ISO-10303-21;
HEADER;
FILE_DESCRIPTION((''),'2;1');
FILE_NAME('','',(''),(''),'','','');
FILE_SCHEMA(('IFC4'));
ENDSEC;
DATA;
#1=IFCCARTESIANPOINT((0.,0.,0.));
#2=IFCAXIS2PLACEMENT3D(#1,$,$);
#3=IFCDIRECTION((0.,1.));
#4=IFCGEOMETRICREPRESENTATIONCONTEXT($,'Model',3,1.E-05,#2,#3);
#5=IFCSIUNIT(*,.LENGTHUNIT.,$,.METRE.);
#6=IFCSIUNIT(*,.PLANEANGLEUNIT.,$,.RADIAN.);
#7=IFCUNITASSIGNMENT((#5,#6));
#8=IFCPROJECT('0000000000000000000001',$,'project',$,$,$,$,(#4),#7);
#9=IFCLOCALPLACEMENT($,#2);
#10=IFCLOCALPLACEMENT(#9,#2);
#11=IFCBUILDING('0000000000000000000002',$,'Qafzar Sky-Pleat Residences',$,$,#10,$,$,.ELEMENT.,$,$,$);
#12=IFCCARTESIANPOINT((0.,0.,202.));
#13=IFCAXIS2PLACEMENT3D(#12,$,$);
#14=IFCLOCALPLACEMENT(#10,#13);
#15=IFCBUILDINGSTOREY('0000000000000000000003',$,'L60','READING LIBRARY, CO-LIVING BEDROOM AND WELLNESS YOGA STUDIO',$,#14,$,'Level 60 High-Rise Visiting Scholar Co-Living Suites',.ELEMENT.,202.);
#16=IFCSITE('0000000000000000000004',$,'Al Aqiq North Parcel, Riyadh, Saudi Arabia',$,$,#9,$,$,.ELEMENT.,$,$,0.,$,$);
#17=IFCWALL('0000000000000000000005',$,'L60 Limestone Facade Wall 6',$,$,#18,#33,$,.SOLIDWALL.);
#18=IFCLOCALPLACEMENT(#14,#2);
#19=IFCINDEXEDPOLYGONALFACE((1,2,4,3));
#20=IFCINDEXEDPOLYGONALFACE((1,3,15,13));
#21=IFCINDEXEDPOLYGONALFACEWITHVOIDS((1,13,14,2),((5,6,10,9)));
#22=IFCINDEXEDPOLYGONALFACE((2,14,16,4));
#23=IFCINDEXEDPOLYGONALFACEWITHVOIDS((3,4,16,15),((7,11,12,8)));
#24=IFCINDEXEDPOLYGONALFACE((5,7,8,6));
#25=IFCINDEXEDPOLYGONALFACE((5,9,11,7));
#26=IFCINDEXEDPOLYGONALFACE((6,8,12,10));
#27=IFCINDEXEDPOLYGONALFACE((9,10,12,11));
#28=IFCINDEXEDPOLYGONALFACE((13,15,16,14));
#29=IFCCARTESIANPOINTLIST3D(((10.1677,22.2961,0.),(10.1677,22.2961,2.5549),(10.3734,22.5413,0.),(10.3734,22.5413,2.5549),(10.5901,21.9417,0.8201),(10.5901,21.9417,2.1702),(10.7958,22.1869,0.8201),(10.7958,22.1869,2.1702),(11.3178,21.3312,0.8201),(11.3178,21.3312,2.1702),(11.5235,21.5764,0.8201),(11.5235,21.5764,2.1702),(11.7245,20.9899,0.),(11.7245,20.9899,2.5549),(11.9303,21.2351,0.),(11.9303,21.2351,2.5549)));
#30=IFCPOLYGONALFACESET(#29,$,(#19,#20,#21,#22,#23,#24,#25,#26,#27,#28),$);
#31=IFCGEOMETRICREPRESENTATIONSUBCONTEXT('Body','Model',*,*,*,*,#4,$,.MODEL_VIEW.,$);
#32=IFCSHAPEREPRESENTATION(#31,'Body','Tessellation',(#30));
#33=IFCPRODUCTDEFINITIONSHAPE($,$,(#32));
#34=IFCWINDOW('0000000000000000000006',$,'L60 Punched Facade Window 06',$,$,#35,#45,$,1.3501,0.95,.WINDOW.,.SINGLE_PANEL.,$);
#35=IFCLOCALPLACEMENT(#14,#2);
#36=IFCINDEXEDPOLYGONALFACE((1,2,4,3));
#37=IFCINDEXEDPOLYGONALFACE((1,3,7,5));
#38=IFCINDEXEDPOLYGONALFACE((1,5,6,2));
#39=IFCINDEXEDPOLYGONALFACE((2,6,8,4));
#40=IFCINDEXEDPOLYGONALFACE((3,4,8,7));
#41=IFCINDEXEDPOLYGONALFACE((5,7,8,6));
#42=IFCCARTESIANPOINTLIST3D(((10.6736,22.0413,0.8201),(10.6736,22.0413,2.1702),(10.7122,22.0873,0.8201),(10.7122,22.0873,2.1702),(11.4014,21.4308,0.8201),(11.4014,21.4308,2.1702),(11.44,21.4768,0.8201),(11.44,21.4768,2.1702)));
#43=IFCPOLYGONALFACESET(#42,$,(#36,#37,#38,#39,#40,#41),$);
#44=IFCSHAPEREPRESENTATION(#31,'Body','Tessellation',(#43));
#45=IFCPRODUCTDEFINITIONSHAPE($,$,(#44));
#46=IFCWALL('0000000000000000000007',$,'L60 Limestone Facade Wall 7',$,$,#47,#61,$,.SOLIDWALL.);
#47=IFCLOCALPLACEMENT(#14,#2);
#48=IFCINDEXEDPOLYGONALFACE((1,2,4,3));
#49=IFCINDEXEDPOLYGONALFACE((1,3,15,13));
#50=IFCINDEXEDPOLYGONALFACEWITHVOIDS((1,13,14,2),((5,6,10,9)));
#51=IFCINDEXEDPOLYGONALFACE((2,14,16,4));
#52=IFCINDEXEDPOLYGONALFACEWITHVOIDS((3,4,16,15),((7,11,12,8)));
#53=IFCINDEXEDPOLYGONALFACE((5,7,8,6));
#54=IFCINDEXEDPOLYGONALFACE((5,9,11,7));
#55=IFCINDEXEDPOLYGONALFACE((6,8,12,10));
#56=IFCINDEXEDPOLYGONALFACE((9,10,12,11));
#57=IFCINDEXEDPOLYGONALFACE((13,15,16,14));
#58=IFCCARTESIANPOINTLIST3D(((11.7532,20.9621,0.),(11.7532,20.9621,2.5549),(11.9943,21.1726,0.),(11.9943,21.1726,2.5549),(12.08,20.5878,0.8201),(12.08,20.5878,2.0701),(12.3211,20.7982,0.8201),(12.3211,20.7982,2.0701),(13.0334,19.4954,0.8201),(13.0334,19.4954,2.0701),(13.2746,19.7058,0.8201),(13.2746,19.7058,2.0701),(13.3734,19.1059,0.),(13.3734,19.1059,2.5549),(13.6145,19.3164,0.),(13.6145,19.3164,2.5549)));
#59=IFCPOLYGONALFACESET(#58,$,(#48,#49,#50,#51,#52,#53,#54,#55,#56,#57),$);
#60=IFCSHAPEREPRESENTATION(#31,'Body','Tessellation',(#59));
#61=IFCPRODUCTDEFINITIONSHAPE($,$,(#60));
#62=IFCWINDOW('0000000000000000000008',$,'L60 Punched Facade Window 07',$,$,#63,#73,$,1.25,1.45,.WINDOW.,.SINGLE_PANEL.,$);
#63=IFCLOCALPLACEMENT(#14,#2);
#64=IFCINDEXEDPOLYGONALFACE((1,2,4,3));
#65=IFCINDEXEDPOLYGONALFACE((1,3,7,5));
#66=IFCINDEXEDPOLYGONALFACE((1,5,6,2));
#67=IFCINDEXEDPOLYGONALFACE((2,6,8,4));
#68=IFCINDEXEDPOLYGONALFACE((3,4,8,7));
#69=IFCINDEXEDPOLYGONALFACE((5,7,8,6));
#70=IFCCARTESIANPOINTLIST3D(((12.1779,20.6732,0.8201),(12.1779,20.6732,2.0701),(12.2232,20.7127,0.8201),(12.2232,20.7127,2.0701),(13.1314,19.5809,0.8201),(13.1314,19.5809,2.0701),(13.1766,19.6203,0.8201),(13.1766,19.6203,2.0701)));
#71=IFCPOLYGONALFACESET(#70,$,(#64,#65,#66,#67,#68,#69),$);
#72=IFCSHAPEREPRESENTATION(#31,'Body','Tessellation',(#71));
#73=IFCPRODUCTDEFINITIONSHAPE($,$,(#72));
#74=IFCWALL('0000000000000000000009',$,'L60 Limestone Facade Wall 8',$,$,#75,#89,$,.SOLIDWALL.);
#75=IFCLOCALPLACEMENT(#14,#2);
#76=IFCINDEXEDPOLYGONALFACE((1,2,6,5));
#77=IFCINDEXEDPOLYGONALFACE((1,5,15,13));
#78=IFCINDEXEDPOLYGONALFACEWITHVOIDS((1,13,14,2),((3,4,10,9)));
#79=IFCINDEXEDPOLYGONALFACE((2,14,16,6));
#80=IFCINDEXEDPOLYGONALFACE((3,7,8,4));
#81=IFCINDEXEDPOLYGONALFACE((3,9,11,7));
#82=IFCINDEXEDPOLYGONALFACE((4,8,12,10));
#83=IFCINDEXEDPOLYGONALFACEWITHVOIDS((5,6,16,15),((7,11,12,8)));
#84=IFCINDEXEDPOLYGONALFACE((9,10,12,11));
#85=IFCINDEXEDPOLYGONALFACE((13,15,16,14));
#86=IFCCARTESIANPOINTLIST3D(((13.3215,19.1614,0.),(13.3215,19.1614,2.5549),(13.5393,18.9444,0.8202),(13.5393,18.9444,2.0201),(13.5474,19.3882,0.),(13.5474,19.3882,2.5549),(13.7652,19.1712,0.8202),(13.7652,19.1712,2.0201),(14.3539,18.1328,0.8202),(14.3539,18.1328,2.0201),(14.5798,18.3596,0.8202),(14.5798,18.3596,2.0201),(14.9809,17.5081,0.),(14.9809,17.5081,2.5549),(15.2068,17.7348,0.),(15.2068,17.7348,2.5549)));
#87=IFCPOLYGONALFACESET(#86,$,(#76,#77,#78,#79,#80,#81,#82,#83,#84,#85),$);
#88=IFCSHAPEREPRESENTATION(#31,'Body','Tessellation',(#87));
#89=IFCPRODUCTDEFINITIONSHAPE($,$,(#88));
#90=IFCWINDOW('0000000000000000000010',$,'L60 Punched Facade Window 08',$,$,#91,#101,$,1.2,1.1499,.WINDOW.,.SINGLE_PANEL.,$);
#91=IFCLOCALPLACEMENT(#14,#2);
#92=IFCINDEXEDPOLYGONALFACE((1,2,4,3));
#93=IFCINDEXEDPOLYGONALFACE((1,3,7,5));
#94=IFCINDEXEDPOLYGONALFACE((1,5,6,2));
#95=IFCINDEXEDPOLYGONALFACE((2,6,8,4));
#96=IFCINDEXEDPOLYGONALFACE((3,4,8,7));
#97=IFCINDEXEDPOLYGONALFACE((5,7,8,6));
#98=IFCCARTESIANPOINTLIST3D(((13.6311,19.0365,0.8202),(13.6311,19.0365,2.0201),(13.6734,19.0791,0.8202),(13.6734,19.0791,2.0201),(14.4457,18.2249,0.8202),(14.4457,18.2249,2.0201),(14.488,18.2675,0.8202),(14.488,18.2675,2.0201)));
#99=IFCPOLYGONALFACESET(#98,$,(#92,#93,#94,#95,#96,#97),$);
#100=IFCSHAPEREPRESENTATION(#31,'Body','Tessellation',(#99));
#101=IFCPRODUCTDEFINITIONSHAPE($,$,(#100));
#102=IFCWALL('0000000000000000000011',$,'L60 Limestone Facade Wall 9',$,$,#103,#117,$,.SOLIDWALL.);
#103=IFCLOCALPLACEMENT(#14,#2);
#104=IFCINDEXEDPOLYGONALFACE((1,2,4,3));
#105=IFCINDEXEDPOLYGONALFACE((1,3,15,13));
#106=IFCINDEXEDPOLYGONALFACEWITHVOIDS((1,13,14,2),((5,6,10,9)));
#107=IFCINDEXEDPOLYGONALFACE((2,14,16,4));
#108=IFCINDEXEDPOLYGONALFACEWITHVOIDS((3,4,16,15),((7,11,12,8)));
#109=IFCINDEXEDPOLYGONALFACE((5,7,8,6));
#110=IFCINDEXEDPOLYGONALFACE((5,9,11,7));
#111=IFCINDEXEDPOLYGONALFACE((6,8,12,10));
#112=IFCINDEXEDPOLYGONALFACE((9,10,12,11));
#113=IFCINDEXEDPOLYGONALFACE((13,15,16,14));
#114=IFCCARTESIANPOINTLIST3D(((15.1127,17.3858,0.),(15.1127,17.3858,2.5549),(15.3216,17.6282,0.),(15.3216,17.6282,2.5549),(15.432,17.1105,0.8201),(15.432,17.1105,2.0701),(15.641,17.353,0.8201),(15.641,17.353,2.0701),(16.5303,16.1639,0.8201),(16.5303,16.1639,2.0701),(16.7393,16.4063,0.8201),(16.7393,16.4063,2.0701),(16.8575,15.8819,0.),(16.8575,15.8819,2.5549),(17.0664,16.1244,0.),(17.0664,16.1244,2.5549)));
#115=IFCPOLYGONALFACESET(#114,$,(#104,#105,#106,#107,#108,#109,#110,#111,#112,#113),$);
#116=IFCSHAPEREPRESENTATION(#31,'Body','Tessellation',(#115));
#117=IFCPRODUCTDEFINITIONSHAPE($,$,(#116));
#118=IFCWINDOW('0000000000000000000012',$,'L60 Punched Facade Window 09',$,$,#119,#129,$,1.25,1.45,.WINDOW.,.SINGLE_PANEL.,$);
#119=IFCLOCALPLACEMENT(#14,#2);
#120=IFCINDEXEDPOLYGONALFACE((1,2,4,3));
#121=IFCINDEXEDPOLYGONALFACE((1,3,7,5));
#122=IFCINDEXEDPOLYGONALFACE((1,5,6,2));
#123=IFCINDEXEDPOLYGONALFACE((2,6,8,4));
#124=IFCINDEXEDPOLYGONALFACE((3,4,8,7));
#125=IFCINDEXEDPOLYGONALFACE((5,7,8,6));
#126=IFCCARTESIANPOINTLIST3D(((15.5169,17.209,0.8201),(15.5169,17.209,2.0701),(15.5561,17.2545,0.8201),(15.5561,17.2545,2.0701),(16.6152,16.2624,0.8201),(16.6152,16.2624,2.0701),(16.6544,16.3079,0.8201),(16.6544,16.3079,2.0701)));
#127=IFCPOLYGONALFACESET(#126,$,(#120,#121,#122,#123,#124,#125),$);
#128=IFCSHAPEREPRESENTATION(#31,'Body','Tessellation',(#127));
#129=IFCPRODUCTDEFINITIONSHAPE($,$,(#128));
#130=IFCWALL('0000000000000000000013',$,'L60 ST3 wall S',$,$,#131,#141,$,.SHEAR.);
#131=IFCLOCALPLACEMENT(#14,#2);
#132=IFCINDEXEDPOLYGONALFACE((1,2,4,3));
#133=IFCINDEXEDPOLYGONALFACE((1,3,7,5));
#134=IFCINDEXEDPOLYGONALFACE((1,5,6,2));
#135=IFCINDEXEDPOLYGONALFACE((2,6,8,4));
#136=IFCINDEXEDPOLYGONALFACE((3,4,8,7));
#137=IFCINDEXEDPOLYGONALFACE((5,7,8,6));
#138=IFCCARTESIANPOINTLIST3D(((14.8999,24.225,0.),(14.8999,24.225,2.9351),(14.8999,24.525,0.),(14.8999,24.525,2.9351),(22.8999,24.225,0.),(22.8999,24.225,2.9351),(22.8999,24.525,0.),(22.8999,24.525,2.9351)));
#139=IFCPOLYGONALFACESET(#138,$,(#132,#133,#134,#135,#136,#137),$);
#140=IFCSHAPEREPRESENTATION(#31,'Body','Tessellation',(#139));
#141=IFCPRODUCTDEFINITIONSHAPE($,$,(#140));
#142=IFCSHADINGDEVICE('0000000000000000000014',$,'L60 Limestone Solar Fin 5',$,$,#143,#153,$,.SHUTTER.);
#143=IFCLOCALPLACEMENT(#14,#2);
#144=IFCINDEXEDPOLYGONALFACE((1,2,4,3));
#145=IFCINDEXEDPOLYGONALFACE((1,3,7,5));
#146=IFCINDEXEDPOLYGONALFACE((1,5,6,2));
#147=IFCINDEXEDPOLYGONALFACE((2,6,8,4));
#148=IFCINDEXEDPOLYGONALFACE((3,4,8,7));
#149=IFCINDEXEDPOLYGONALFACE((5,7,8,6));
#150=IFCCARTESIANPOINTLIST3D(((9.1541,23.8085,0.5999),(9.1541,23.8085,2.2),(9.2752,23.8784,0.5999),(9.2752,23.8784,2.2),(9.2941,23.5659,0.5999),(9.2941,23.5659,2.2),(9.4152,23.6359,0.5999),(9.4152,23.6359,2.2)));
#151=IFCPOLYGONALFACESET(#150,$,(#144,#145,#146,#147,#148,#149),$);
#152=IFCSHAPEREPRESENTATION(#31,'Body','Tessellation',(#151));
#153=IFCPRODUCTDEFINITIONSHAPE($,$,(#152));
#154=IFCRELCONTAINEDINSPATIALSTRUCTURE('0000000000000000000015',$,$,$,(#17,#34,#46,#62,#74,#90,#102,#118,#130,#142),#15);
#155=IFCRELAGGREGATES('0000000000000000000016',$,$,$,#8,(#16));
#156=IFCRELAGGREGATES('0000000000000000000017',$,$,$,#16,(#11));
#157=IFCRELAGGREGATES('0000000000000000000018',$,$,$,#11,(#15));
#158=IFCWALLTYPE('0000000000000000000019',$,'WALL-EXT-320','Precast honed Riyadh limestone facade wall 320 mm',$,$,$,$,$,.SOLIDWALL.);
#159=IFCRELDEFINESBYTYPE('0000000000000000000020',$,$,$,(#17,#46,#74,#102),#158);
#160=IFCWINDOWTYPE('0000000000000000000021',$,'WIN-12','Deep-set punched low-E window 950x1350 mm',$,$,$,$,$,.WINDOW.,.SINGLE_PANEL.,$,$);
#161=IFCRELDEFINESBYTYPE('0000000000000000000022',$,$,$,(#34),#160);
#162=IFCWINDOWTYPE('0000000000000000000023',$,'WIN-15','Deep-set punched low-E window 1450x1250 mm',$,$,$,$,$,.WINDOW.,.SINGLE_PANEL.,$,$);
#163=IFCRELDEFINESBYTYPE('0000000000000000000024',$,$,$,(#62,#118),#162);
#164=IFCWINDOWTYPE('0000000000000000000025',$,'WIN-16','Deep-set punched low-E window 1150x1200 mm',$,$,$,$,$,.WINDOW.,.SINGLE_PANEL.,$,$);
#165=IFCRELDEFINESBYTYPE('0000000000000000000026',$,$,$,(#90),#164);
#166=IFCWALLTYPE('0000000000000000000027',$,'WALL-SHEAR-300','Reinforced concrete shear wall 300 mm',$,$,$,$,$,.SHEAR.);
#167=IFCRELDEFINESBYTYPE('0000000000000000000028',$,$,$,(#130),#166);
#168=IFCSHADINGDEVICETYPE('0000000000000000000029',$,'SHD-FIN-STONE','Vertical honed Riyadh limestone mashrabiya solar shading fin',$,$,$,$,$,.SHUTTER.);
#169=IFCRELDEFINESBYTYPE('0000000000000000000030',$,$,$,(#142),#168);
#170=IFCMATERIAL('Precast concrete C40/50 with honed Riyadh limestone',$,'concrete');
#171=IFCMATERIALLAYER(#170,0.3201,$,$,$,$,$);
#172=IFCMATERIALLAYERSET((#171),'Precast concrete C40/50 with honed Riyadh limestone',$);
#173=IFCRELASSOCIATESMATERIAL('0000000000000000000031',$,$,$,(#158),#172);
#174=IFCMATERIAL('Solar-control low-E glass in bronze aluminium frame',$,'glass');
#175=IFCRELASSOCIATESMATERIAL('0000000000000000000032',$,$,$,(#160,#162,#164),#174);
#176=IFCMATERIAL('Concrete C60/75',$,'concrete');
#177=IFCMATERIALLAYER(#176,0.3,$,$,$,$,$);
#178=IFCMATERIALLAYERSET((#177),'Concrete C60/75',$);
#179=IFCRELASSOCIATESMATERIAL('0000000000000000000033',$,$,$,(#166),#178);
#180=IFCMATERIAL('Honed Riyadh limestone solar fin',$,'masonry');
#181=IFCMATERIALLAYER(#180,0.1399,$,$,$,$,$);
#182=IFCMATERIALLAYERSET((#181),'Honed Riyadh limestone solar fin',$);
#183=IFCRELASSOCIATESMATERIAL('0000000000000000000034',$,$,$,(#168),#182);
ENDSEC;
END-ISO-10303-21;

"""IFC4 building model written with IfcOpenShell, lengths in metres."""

from ifc_helpers import new_model, si_unit, direction, frame, frame_2d, origin, origin_2d, place, context, subcontext, project, spatial, rectangle, extrude, source, transform, mapped, material, layer, layer_set, type_object, element, fill, save


model = new_model("IFC4")

# Units and contexts
model_context = context("Model", 3, precision=1e-05, world=origin(), true_north=direction((0.0, 1.0)))
body_context = subcontext(model_context, "Body", "Model", "MODEL_VIEW")
ifc_project = project(units=[si_unit("LENGTHUNIT", "METRE"), si_unit("PLANEANGLEUNIT", "RADIAN")], contexts=[model_context])

# Site, building, storey
site_placement = place(None, origin())
site = spatial("IfcSite", under=ifc_project, at=site_placement, Name="Al Aqiq North Parcel, Riyadh, Saudi Arabia", CompositionType="ELEMENT", RefElevation=0.0)
building_placement = place(site_placement, origin())
building = spatial("IfcBuilding", under=site, at=building_placement, Name="Qafzar Sky-Pleat Residences", CompositionType="ELEMENT")
storey_placement = place(building_placement, frame((0.0, 0.0, 202.0)))
storey = spatial("IfcBuildingStorey", under=building, at=storey_placement, Name="L60", Description="READING LIBRARY, CO-LIVING BEDROOM AND WELLNESS YOGA STUDIO", LongName="Level 60 High-Rise Visiting Scholar Co-Living Suites", CompositionType="ELEMENT", Elevation=202.0)

# Walls, openings, windows
ifc_material_1 = material(Name="Precast concrete C40/50 with honed Riyadh limestone", Category="concrete")
ifc_layer_1 = layer(ifc_material_1, 0.3201)
ifc_layer_set_1 = layer_set([ifc_layer_1], Name="Precast concrete C40/50 with honed Riyadh limestone")
wall_type_1 = type_object("IfcWallType", Name="WALL-EXT-320", Description="Precast honed Riyadh limestone facade wall 320 mm", PredefinedType="SOLIDWALL", material=ifc_layer_set_1)
ifc_material_2 = material(Name="Solar-control low-E glass in bronze aluminium frame", Category="glass")
wall_1_placement = place(storey_placement, frame((10.2705, 22.4187, 0.0), z_axis=(0.0, 0.0, 1.0), x_axis=(0.7661, -0.642721, 0.0)))
wall_1 = element("IfcWall", 1, at=wall_1_placement, inside=storey, type_object=wall_type_1, Name="L60 Limestone Facade Wall 6", PredefinedType="SOLIDWALL", context=body_context, shape_type="SweptSolid", body=[
    extrude(rectangle(XDim=2.0322, YDim=0.3201, at=frame_2d((1.0161, 0.0))), origin(), (0.0, 0.0, 1.0), 2.5549),
])
opening_1_placement = place(wall_1_placement, frame((0.5513, 0.0, 0.8201)))
opening_1 = element("IfcOpeningElement", 2, at=opening_1_placement, cuts=wall_1, PredefinedType="OPENING", context=body_context, shape_type="SweptSolid", body=[
    extrude(rectangle(XDim=0.95, YDim=1.3501, at=frame_2d((0.4751, 0.675))), frame((0.0, 0.1699, 0.0), z_axis=(0.0, -1.0, 0.0), x_axis=(1.0, 0.0, 0.0)), (0.0, 0.0, 1.0), 0.3401),
])
window_type_1 = type_object("IfcWindowType", Name="WIN-12", Description="Deep-set punched low-E window 950x1350 mm", PartitioningType="SINGLE_PANEL", PredefinedType="WINDOW", material=ifc_material_2)
shared_shape_1 = source(origin(), body_context, "Body", "SweptSolid", [
    extrude(rectangle(XDim=0.95, YDim=1.3501, at=frame_2d((0.4751, 0.675))), frame((0.0, 0.03, 0.0), z_axis=(0.0, -1.0, 0.0), x_axis=(1.0, 0.0, 0.0)), (0.0, 0.0, 1.0), 0.0601),
])
window_1_placement = place(opening_1_placement, origin())
window_1 = element("IfcWindow", 3, at=window_1_placement, inside=storey, type_object=window_type_1, Name="L60 Punched Facade Window 06", OverallHeight=1.3501, OverallWidth=0.95, PartitioningType="SINGLE_PANEL", PredefinedType="WINDOW", context=body_context, shape_type="MappedRepresentation", body=[
    mapped(shared_shape_1, transform((0.0, 0.0, 0.0), x_axis=(1.0, 0.0, 0.0), y_axis=(0.0, 1.0, 0.0), z_axis=(0.0, 0.0, 1.0), scale=1.0)),
])
fill(opening_1, window_1)
wall_2_placement = place(storey_placement, frame((11.8738, 21.0674, 0.0), z_axis=(0.0, 0.0, 1.0), x_axis=(0.657571, -0.753393, 0.0)))
wall_2 = element("IfcWall", 4, at=wall_2_placement, inside=storey, type_object=wall_type_1, Name="L60 Limestone Facade Wall 7", PredefinedType="SOLIDWALL", context=body_context, shape_type="SweptSolid", body=[
    extrude(rectangle(XDim=2.4639, YDim=0.3201, at=frame_2d((1.2319, 0.0))), origin(), (0.0, 0.0, 1.0), 2.5549),
])
opening_2_placement = place(wall_2_placement, frame((0.4968, 0.0, 0.8201)))
opening_2 = element("IfcOpeningElement", 5, at=opening_2_placement, cuts=wall_2, PredefinedType="OPENING", context=body_context, shape_type="SweptSolid", body=[
    extrude(rectangle(XDim=1.45, YDim=1.25, at=frame_2d((0.7251, 0.625))), frame((0.0, 0.1699, 0.0), z_axis=(0.0, -1.0, 0.0), x_axis=(1.0, 0.0, 0.0)), (0.0, 0.0, 1.0), 0.3401),
])
window_type_2 = type_object("IfcWindowType", Name="WIN-15", Description="Deep-set punched low-E window 1450x1250 mm", PartitioningType="SINGLE_PANEL", PredefinedType="WINDOW", material=ifc_material_2)
shared_shape_2 = source(origin(), body_context, "Body", "SweptSolid", [
    extrude(rectangle(XDim=1.45, YDim=1.25, at=frame_2d((0.7251, 0.625))), frame((0.0, 0.03, 0.0), z_axis=(0.0, -1.0, 0.0), x_axis=(1.0, 0.0, 0.0)), (0.0, 0.0, 1.0), 0.0601),
])
window_2_placement = place(opening_2_placement, origin())
window_2 = element("IfcWindow", 6, at=window_2_placement, inside=storey, type_object=window_type_2, Name="L60 Punched Facade Window 07", OverallHeight=1.25, OverallWidth=1.45, PartitioningType="SINGLE_PANEL", PredefinedType="WINDOW", context=body_context, shape_type="MappedRepresentation", body=[
    mapped(shared_shape_2, transform((0.0, 0.0, 0.0), x_axis=(1.0, 0.0, 0.0), y_axis=(0.0, 1.0, 0.0), z_axis=(0.0, 0.0, 1.0), scale=1.0)),
])
fill(opening_2, window_2)
wall_3_placement = place(storey_placement, frame((13.4343, 19.2749, 0.0), z_axis=(0.0, 0.0, 1.0), x_axis=(0.708408, -0.705803, 0.0)))
wall_3 = element("IfcWall", 7, at=wall_3_placement, inside=storey, type_object=wall_type_1, Name="L60 Limestone Facade Wall 8", PredefinedType="SOLIDWALL", context=body_context, shape_type="SweptSolid", body=[
    extrude(rectangle(XDim=2.3425, YDim=0.3201, at=frame_2d((1.1714, 0.0))), origin(), (0.0, 0.0, 1.0), 2.5549),
])
opening_3_placement = place(wall_3_placement, frame((0.3076, 0.0, 0.8201)))
opening_3 = element("IfcOpeningElement", 8, at=opening_3_placement, cuts=wall_3, PredefinedType="OPENING", context=body_context, shape_type="SweptSolid", body=[
    extrude(rectangle(XDim=1.1499, YDim=1.2, at=frame_2d((0.575, 0.6001))), frame((0.0, 0.1699, 0.0), z_axis=(0.0, -1.0, 0.0), x_axis=(1.0, 0.0, 0.0)), (0.0, 0.0, 1.0), 0.3401),
])
window_type_3 = type_object("IfcWindowType", Name="WIN-16", Description="Deep-set punched low-E window 1150x1200 mm", PartitioningType="SINGLE_PANEL", PredefinedType="WINDOW", material=ifc_material_2)
shared_shape_3 = source(origin(), body_context, "Body", "SweptSolid", [
    extrude(rectangle(XDim=1.1499, YDim=1.2, at=frame_2d((0.575, 0.6001))), frame((0.0, 0.03, 0.0), z_axis=(0.0, -1.0, 0.0), x_axis=(1.0, 0.0, 0.0)), (0.0, 0.0, 1.0), 0.0601),
])
window_3_placement = place(opening_3_placement, origin())
window_3 = element("IfcWindow", 9, at=window_3_placement, inside=storey, type_object=window_type_3, Name="L60 Punched Facade Window 08", OverallHeight=1.2, OverallWidth=1.1499, PartitioningType="SINGLE_PANEL", PredefinedType="WINDOW", context=body_context, shape_type="MappedRepresentation", body=[
    mapped(shared_shape_3, transform((0.0, 0.0, 0.0), x_axis=(1.0, 0.0, 0.0), y_axis=(0.0, 1.0, 0.0), z_axis=(0.0, 0.0, 1.0), scale=1.0)),
])
fill(opening_3, window_3)
wall_4_placement = place(storey_placement, frame((15.217, 17.5071, 0.0), z_axis=(0.0, 0.0, 1.0), x_axis=(0.757473, -0.652866, 0.0)))
wall_4 = element("IfcWall", 10, at=wall_4_placement, inside=storey, type_object=wall_type_1, Name="L60 Limestone Facade Wall 9", PredefinedType="SOLIDWALL", context=body_context, shape_type="SweptSolid", body=[
    extrude(rectangle(XDim=2.3035, YDim=0.3201, at=frame_2d((1.1519, 0.0))), origin(), (0.0, 0.0, 1.0), 2.5549),
])
opening_4_placement = place(wall_4_placement, frame((0.4216, 0.0, 0.8201)))
opening_4 = element("IfcOpeningElement", 11, at=opening_4_placement, cuts=wall_4, PredefinedType="OPENING", context=body_context, shape_type="SweptSolid", body=[
    extrude(rectangle(XDim=1.45, YDim=1.25, at=frame_2d((0.7251, 0.625))), frame((0.0, 0.1699, 0.0), z_axis=(0.0, -1.0, 0.0), x_axis=(1.0, 0.0, 0.0)), (0.0, 0.0, 1.0), 0.3401),
])
window_4_placement = place(opening_4_placement, origin())
window_4 = element("IfcWindow", 12, at=window_4_placement, inside=storey, type_object=window_type_2, Name="L60 Punched Facade Window 09", OverallHeight=1.25, OverallWidth=1.45, PartitioningType="SINGLE_PANEL", PredefinedType="WINDOW", context=body_context, shape_type="MappedRepresentation", body=[
    mapped(shared_shape_2, transform((0.0, 0.0, 0.0), x_axis=(1.0, 0.0, 0.0), y_axis=(0.0, 1.0, 0.0), z_axis=(0.0, 0.0, 1.0), scale=1.0)),
])
fill(opening_4, window_4)

# Wall
ifc_material_3 = material(Name="Concrete C60/75", Category="concrete")
ifc_layer_2 = layer(ifc_material_3, 0.3)
ifc_layer_set_2 = layer_set([ifc_layer_2], Name="Concrete C60/75")
wall_type_2 = type_object("IfcWallType", Name="WALL-SHEAR-300", Description="Reinforced concrete shear wall 300 mm", PredefinedType="SHEAR", material=ifc_layer_set_2)
wall_5_placement = place(storey_placement, frame((14.8999, 24.375, 0.0), z_axis=(0.0, 0.0, 1.0), x_axis=(1.0, 0.0, 0.0)))
element("IfcWall", 13, at=wall_5_placement, inside=storey, type_object=wall_type_2, Name="L60 ST3 wall S", PredefinedType="SHEAR", context=body_context, shape_type="SweptSolid", body=[
    extrude(rectangle(XDim=8.0, YDim=0.3, at=frame_2d((4.0, 0.0))), origin(), (0.0, 0.0, 1.0), 2.9351),
])

# Shading device
ifc_material_4 = material(Name="Honed Riyadh limestone solar fin", Category="masonry")
ifc_layer_3 = layer(ifc_material_4, 0.1399)
ifc_layer_set_3 = layer_set([ifc_layer_3], Name="Honed Riyadh limestone solar fin")
shading_device_type = type_object("IfcShadingDeviceType", Name="SHD-FIN-STONE", Description="Vertical honed Riyadh limestone mashrabiya solar shading fin", PredefinedType="SHUTTER", material=ifc_layer_set_3)
shared_shape_4 = source(origin(), body_context, "Body", "SweptSolid", [
    extrude(rectangle(XDim=0.1399, YDim=0.28, at=origin_2d()), origin(), (0.0, 0.0, 1.0), 1.6001),
])
shading_device_placement = place(storey_placement, frame((9.2847, 23.7222, 0.5999), z_axis=(0.0, 0.0, 1.0), x_axis=(-0.866044, -0.499967, 0.0)))
element("IfcShadingDevice", 14, at=shading_device_placement, inside=storey, type_object=shading_device_type, Name="L60 Limestone Solar Fin 5", PredefinedType="SHUTTER", context=body_context, shape_type="MappedRepresentation", body=[
    mapped(shared_shape_4, transform((0.0, 0.0, 0.0), x_axis=(1.0, 0.0, 0.0), y_axis=(0.0, 1.0, 0.0), z_axis=(0.0, 0.0, 1.0), scale=1.0)),
])

save(model, "model.ifc")
